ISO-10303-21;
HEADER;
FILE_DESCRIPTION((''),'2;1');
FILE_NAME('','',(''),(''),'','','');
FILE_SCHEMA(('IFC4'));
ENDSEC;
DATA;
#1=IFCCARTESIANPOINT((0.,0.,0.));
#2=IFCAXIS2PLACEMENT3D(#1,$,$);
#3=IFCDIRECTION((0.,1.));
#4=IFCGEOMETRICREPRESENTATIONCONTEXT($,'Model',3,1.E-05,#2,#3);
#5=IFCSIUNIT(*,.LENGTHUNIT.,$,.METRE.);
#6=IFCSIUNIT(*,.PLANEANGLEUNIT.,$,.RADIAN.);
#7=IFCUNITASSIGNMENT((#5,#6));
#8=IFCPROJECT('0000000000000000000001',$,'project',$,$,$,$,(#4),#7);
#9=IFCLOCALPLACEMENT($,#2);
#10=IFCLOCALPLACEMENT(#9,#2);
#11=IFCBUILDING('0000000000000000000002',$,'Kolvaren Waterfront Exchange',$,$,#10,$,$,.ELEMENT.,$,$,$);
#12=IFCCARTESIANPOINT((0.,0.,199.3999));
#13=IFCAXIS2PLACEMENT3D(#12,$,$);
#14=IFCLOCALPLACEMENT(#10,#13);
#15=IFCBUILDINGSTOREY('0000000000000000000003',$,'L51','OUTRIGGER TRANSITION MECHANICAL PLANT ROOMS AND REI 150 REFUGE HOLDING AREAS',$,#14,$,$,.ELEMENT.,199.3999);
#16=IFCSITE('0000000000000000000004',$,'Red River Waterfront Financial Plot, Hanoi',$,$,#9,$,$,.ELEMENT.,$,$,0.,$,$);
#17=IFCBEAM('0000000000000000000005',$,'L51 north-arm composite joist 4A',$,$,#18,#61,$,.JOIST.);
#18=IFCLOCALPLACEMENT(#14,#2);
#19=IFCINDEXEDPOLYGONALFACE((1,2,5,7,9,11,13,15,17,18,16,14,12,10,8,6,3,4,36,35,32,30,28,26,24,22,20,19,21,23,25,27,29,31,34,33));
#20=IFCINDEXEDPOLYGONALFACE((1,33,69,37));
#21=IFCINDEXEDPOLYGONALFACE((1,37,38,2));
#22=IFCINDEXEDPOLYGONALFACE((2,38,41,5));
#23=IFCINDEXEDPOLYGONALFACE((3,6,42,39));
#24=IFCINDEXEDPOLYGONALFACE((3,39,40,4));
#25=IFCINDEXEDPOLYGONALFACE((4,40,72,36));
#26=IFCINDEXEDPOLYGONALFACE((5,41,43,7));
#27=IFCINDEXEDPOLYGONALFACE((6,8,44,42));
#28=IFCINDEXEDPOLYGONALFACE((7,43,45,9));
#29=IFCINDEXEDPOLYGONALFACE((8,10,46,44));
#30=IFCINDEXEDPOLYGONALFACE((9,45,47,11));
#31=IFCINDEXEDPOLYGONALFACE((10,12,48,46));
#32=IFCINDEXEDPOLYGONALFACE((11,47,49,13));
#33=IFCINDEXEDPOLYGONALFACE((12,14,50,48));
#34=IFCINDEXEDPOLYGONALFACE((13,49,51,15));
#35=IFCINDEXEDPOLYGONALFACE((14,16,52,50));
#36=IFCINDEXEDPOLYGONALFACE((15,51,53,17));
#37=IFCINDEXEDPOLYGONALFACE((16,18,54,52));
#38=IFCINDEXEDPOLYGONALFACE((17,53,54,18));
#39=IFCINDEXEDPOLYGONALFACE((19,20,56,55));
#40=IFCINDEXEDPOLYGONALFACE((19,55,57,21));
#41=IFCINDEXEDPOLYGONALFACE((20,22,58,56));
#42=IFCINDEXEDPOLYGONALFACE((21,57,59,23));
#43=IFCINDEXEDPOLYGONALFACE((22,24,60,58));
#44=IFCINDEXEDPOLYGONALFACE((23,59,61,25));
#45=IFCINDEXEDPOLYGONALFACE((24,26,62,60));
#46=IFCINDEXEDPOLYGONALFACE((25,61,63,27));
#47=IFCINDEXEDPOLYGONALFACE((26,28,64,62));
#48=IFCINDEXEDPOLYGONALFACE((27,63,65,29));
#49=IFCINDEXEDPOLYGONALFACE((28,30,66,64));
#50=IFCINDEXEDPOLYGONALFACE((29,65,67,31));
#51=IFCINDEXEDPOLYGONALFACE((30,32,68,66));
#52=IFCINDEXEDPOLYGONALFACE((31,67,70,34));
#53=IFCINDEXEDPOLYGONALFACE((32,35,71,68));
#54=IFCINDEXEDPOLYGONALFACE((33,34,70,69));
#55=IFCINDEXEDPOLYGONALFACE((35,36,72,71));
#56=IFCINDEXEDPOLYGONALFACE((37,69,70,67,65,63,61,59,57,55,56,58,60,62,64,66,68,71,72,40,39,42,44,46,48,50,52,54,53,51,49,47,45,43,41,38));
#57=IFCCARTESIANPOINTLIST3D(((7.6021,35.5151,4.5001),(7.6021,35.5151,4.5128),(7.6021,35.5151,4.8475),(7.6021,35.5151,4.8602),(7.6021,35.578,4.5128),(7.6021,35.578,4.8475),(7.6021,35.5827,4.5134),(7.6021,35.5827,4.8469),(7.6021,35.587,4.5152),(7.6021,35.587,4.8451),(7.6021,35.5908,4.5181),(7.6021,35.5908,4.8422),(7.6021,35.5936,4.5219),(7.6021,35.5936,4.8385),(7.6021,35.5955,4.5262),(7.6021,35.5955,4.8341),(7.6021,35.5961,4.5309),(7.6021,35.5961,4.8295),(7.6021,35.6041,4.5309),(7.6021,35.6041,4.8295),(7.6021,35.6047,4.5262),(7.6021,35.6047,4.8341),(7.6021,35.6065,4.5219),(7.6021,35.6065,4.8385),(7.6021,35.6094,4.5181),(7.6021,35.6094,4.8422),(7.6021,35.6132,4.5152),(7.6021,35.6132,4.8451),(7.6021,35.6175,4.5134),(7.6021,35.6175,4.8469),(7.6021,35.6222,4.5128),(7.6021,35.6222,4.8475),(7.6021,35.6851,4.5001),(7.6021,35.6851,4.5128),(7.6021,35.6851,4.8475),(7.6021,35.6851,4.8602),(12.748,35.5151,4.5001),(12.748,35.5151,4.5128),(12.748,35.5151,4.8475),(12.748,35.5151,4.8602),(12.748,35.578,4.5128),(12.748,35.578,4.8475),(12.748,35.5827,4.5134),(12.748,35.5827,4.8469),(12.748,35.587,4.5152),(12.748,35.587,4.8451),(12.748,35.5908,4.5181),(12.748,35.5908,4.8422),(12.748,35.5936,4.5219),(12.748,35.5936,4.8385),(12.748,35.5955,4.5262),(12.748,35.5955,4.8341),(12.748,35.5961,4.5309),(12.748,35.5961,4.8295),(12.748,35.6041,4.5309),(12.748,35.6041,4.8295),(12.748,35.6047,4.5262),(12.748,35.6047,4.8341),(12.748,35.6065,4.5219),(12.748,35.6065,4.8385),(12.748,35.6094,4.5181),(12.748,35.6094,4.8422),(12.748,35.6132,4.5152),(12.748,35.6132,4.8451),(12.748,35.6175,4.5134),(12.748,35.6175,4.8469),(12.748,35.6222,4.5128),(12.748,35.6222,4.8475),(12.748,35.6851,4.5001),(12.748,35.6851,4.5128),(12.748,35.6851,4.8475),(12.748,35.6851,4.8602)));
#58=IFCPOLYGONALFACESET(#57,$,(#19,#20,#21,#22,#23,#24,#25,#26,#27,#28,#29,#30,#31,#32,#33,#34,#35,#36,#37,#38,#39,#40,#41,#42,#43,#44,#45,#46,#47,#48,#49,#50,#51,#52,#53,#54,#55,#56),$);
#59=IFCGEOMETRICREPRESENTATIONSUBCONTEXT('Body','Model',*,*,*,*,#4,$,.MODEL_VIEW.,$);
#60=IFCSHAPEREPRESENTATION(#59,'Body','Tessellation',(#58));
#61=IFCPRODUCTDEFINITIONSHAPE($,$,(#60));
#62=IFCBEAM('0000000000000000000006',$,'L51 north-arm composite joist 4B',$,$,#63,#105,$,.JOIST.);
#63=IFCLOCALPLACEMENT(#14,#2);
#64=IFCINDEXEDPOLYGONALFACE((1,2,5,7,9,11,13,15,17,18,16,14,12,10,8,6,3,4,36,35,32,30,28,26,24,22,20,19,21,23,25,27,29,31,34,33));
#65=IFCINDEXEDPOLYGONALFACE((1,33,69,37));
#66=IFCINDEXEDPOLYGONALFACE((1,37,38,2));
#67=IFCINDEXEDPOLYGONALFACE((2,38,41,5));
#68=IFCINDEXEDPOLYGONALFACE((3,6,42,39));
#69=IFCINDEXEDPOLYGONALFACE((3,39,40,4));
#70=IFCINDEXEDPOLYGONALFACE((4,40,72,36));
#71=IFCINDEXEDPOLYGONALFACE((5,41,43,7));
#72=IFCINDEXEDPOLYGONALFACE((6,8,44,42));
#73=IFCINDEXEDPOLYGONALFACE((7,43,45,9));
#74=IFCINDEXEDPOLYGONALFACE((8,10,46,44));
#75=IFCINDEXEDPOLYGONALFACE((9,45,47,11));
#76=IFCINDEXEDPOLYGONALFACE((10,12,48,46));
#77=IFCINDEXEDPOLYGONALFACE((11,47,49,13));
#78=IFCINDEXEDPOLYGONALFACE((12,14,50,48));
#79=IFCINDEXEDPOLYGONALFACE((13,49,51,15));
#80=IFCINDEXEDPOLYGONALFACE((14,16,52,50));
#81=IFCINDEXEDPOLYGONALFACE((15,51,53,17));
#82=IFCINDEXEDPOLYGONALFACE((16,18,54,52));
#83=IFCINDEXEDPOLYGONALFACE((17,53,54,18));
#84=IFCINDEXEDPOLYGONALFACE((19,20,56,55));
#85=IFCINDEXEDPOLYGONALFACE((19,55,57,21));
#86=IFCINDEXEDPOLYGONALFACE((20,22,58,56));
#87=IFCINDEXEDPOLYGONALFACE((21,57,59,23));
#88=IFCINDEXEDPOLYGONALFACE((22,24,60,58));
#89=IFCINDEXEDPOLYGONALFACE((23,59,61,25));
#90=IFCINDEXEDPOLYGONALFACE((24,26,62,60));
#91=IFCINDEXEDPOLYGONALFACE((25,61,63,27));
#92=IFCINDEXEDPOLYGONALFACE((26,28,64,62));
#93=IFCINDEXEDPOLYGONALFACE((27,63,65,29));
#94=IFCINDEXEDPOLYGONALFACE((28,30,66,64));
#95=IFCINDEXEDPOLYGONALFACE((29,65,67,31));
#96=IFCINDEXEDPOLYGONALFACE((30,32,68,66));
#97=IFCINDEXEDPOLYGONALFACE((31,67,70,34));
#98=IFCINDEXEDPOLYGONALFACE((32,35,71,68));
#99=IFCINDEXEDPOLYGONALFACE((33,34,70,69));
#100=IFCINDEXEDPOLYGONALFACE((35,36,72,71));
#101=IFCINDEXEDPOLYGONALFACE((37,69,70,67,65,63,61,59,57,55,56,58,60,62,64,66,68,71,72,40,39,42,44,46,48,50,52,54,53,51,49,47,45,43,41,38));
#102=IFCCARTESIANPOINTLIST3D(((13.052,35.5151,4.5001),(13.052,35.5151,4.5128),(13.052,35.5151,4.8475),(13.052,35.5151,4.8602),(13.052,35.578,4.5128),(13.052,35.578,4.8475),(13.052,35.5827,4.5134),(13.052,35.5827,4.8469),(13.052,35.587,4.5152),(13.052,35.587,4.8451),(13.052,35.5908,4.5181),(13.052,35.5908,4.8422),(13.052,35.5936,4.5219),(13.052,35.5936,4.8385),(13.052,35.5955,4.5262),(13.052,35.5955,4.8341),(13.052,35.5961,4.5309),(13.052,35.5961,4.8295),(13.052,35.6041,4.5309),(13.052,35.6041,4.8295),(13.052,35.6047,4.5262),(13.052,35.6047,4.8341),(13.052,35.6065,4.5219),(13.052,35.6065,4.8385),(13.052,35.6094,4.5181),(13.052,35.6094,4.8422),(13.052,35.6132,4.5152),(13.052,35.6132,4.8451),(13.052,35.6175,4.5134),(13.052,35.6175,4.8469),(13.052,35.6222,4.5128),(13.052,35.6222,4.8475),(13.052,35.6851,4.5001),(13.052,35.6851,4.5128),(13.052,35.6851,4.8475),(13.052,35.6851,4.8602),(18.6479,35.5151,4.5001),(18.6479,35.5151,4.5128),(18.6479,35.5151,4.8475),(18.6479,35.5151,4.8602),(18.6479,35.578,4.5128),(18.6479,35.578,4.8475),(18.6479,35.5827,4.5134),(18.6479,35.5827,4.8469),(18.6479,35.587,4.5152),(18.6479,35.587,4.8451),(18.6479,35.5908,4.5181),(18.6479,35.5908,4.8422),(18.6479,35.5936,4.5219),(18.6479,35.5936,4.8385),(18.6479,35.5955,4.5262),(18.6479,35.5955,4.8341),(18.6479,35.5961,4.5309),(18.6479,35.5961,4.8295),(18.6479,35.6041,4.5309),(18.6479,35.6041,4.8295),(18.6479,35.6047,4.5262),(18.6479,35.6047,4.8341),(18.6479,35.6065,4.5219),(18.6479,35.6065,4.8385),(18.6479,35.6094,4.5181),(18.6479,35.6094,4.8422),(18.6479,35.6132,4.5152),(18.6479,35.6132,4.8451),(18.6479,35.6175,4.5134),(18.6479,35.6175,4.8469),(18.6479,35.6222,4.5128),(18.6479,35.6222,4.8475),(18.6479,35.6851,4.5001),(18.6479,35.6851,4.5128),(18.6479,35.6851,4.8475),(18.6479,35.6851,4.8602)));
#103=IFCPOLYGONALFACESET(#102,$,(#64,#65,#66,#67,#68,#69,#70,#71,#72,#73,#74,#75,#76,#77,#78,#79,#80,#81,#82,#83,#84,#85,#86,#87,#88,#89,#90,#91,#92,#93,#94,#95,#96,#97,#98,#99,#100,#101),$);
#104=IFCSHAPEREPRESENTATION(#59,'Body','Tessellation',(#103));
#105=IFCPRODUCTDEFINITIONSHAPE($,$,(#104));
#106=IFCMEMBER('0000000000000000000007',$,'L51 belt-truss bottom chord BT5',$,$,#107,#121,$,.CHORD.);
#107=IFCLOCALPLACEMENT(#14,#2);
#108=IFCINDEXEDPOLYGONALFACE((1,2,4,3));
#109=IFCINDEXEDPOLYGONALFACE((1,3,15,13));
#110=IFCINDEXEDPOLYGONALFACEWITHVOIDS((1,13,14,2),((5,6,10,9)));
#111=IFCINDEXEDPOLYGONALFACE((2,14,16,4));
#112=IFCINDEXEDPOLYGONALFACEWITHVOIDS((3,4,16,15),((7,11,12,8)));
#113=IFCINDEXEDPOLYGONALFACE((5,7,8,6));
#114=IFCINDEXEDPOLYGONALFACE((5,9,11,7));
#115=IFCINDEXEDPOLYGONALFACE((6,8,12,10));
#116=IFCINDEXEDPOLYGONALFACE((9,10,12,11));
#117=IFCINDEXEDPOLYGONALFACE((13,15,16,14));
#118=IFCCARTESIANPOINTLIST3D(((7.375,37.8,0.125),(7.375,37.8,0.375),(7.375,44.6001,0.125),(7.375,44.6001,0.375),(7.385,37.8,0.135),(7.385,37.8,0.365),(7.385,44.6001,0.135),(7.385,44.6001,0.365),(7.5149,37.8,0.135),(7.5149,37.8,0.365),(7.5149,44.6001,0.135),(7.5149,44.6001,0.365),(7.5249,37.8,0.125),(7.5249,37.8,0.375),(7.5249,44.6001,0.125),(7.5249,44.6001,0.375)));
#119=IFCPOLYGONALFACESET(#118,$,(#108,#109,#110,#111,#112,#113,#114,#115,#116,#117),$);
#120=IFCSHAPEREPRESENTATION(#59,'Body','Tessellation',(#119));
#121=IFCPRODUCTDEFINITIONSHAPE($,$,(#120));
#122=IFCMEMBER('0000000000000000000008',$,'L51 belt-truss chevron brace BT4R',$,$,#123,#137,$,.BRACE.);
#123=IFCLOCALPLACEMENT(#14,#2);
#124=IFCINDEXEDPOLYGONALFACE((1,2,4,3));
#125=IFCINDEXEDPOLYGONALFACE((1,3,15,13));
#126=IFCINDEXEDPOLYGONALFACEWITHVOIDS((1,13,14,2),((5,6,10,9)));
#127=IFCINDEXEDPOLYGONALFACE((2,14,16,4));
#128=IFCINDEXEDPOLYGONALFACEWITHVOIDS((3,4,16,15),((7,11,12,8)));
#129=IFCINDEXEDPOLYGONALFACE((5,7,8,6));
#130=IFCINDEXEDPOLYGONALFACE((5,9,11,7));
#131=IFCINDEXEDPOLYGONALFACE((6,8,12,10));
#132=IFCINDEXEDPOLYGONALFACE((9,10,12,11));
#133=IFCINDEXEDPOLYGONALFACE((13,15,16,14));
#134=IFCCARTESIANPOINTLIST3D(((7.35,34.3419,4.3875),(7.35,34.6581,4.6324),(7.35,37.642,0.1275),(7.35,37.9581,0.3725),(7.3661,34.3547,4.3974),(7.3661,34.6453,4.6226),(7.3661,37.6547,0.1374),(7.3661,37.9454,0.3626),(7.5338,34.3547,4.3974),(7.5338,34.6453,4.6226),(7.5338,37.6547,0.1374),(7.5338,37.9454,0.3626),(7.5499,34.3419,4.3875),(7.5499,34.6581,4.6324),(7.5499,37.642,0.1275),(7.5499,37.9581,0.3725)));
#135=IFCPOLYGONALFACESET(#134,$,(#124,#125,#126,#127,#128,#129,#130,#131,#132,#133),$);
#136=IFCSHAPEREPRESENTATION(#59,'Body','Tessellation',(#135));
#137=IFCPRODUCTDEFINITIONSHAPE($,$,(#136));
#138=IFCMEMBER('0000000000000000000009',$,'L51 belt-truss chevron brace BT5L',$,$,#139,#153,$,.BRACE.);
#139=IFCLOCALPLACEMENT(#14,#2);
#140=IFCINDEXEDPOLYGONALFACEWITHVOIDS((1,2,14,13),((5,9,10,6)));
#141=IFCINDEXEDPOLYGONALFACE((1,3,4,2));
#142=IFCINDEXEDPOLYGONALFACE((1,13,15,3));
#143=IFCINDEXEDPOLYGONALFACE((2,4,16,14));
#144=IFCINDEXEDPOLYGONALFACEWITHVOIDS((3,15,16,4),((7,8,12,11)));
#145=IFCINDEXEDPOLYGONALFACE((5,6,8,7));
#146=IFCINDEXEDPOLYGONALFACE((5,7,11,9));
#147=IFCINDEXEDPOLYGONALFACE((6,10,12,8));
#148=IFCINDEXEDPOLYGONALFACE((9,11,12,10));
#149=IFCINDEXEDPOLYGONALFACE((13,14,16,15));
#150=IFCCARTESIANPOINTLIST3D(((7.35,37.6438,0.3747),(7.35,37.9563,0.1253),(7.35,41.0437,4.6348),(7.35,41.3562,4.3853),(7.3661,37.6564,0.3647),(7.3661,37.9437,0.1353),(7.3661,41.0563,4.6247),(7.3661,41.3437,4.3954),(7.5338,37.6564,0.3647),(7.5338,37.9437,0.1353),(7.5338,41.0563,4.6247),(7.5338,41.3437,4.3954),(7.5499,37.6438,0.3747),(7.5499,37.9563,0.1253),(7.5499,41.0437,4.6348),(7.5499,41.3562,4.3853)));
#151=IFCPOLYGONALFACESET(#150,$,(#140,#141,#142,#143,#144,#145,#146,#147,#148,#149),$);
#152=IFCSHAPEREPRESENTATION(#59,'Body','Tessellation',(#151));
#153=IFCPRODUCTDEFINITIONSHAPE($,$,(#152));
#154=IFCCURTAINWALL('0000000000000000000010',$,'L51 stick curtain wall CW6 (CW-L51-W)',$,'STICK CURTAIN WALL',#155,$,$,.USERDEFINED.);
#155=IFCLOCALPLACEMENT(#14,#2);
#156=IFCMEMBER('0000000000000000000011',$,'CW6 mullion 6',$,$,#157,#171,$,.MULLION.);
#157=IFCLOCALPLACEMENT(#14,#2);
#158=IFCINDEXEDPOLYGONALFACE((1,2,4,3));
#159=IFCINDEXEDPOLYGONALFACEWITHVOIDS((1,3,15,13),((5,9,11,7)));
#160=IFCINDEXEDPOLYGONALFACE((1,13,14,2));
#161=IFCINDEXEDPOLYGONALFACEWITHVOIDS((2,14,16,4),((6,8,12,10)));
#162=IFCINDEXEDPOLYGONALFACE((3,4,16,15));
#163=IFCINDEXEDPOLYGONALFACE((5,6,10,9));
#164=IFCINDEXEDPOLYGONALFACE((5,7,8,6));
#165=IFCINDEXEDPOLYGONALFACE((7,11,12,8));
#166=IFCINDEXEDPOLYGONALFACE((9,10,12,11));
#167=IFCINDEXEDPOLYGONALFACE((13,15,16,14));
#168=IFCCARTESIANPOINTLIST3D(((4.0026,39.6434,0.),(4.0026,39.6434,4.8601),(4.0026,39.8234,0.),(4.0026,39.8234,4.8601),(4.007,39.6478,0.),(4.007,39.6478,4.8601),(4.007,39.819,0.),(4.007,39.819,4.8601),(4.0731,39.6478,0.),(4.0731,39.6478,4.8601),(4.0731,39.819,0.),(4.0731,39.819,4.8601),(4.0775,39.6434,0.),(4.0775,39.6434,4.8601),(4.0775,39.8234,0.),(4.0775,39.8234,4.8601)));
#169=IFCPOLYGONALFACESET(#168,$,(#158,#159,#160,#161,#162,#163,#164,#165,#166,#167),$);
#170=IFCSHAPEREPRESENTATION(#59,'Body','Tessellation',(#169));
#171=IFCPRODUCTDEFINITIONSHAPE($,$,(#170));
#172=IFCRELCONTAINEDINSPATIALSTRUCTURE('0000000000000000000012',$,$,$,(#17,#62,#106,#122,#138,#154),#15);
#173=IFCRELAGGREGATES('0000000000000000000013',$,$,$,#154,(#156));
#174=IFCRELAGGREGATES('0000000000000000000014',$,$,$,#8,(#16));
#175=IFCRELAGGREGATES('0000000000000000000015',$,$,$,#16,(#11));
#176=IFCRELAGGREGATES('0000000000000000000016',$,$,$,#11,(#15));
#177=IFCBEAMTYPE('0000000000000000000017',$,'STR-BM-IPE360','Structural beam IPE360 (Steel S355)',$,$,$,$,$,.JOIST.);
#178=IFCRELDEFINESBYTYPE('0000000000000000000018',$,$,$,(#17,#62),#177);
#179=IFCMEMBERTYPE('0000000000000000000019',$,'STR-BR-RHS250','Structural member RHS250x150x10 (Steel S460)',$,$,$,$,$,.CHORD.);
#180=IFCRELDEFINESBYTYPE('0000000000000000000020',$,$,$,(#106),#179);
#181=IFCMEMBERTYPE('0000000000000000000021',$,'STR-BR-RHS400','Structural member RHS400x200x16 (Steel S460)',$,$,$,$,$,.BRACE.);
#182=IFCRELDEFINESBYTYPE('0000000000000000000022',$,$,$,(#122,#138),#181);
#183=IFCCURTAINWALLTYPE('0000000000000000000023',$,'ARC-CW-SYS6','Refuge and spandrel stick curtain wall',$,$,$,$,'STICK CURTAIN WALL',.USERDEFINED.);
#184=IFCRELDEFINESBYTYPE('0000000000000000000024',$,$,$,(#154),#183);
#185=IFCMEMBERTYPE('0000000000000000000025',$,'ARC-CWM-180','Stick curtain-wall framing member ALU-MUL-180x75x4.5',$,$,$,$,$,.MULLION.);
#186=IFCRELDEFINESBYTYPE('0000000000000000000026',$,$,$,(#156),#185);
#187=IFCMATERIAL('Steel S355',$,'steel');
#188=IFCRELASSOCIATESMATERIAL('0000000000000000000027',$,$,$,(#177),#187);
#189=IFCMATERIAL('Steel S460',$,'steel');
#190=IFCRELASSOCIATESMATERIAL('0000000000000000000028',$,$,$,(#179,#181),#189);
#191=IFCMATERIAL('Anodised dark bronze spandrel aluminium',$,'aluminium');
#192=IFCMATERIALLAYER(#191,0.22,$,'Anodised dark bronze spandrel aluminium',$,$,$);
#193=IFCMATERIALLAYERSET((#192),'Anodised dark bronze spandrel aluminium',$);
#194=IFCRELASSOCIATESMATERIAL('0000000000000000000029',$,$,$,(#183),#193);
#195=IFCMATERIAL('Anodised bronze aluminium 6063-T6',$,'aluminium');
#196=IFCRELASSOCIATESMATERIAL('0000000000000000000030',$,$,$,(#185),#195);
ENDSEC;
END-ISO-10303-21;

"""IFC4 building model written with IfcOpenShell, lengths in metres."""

from ifc_helpers import new_model, si_unit, direction, frame, origin, origin_with_axes, origin_2d, place, context, subcontext, project, spatial, hollow_rectangle, i_section, extrude, source, transform, mapped, material, layer, layer_set, material_profile, profile_set, type_object, element, aggregate, save


model = new_model("IFC4")

# Units and contexts
model_context = context("Model", 3, precision=1e-05, world=origin(), true_north=direction((0.0, 1.0)))
body_context = subcontext(model_context, "Body", "Model", "MODEL_VIEW")
ifc_project = project(units=[si_unit("LENGTHUNIT", "METRE"), si_unit("PLANEANGLEUNIT", "RADIAN")], contexts=[model_context])

# Site, building, storey
site_placement = place(None, origin())
site = spatial("IfcSite", under=ifc_project, at=site_placement, Name="Red River Waterfront Financial Plot, Hanoi", CompositionType="ELEMENT", RefElevation=0.0)
building_placement = place(site_placement, origin())
building = spatial("IfcBuilding", under=site, at=building_placement, Name="Kolvaren Waterfront Exchange", CompositionType="ELEMENT")
storey_placement = place(building_placement, frame((0.0, 0.0, 199.3999)))
storey = spatial("IfcBuildingStorey", under=building, at=storey_placement, Name="L51", Description="OUTRIGGER TRANSITION MECHANICAL PLANT ROOMS AND REI 150 REFUGE HOLDING AREAS", CompositionType="ELEMENT", Elevation=199.3999)

# Beams
ifc_material_1 = material(Name="Steel S355", Category="steel")
ifc_material_profile_1 = material_profile(ifc_material_1, i_section(OverallWidth=0.1699, OverallDepth=0.3601, WebThickness=0.0081, FlangeThickness=0.0127, FilletRadius=0.0181, at=origin_2d()), Name="IPE360")
ifc_profile_set_1 = profile_set([ifc_material_profile_1], Name="Steel S355")
beam_type_1 = type_object("IfcBeamType", Name="STR-BM-IPE360", Description="Structural beam IPE360 (Steel S355)", PredefinedType="JOIST", material=ifc_profile_set_1)
beam_1_placement = place(storey_placement, frame((7.6021, 35.6001, 4.6802), z_axis=(1.0, 0.0, 0.0), x_axis=(0.0, 1.0, 0.0)))
element("IfcBeam", 1, at=beam_1_placement, inside=storey, type_object=beam_type_1, Name="L51 north-arm composite joist 4A", PredefinedType="JOIST", context=body_context, shape_type="SweptSolid", body=[
    extrude(i_section(OverallWidth=0.1699, OverallDepth=0.3601, WebThickness=0.0081, FlangeThickness=0.0127, FilletRadius=0.0181, at=origin_2d()), origin(), (0.0, 0.0, 1.0), 5.146),
])
beam_2_placement = place(storey_placement, frame((13.052, 35.6001, 4.6802), z_axis=(1.0, 0.0, 0.0), x_axis=(0.0, 1.0, 0.0)))
element("IfcBeam", 2, at=beam_2_placement, inside=storey, type_object=beam_type_1, Name="L51 north-arm composite joist 4B", PredefinedType="JOIST", context=body_context, shape_type="SweptSolid", body=[
    extrude(i_section(OverallWidth=0.1699, OverallDepth=0.3601, WebThickness=0.0081, FlangeThickness=0.0127, FilletRadius=0.0181, at=origin_2d()), origin(), (0.0, 0.0, 1.0), 5.5959),
])

# Members
ifc_material_2 = material(Name="Steel S460", Category="steel")
ifc_material_profile_2 = material_profile(ifc_material_2, hollow_rectangle(XDim=0.1499, YDim=0.25, WallThickness=0.01, at=origin_2d()), Name="RHS250x150x10")
ifc_profile_set_2 = profile_set([ifc_material_profile_2], Name="Steel S460")
member_type_1 = type_object("IfcMemberType", Name="STR-BR-RHS250", Description="Structural member RHS250x150x10 (Steel S460)", PredefinedType="CHORD", material=ifc_profile_set_2)
member_1_placement = place(storey_placement, frame((7.45, 37.8, 0.25), z_axis=(0.0, 1.0, 0.0), x_axis=(-1.0, 0.0, 0.0)))
element("IfcMember", 3, at=member_1_placement, inside=storey, type_object=member_type_1, Name="L51 belt-truss bottom chord BT5", PredefinedType="CHORD", context=body_context, shape_type="SweptSolid", body=[
    extrude(hollow_rectangle(XDim=0.1499, YDim=0.25, WallThickness=0.01, at=origin_2d()), origin(), (0.0, 0.0, 1.0), 6.8),
])
ifc_material_profile_3 = material_profile(ifc_material_2, hollow_rectangle(XDim=0.2, YDim=0.3999, WallThickness=0.0161, at=origin_2d()), Name="RHS400x200x16")
ifc_profile_set_3 = profile_set([ifc_material_profile_3], Name="Steel S460")
member_type_2 = type_object("IfcMemberType", Name="STR-BR-RHS400", Description="Structural member RHS400x200x16 (Steel S460)", PredefinedType="BRACE", material=ifc_profile_set_3)
member_2_placement = place(storey_placement, frame((7.45, 37.8, 0.25), z_axis=(0.0, -0.612403, 0.790546), x_axis=(1.0, 0.0, 0.0)))
element("IfcMember", 4, at=member_2_placement, inside=storey, type_object=member_type_2, Name="L51 belt-truss chevron brace BT4R", PredefinedType="BRACE", context=body_context, shape_type="SweptSolid", body=[
    extrude(hollow_rectangle(XDim=0.2, YDim=0.3999, WallThickness=0.0161, at=origin_2d()), origin(), (0.0, 0.0, 1.0), 5.3887),
])
member_3_placement = place(storey_placement, frame((7.45, 37.8, 0.25), z_axis=(0.0, 0.623788, 0.781594), x_axis=(-1.0, 0.0, 0.0)))
element("IfcMember", 5, at=member_3_placement, inside=storey, type_object=member_type_2, Name="L51 belt-truss chevron brace BT5L", PredefinedType="BRACE", context=body_context, shape_type="SweptSolid", body=[
    extrude(hollow_rectangle(XDim=0.2, YDim=0.3999, WallThickness=0.0161, at=origin_2d()), origin(), (0.0, 0.0, 1.0), 5.4504),
])

# Curtain wall, member
ifc_material_3 = material(Name="Anodised dark bronze spandrel aluminium", Category="aluminium")
ifc_layer_1 = layer(ifc_material_3, 0.22, Name="Anodised dark bronze spandrel aluminium")
ifc_layer_set_1 = layer_set([ifc_layer_1], Name="Anodised dark bronze spandrel aluminium")
curtain_wall_type = type_object("IfcCurtainWallType", Name="ARC-CW-SYS6", Description="Refuge and spandrel stick curtain wall", ElementType="STICK CURTAIN WALL", PredefinedType="USERDEFINED", material=ifc_layer_set_1)
curtain_wall_placement = place(storey_placement, origin())
curtain_wall = element("IfcCurtainWall", 6, at=curtain_wall_placement, inside=storey, type_object=curtain_wall_type, Name="L51 stick curtain wall CW6 (CW-L51-W)", ObjectType="STICK CURTAIN WALL", PredefinedType="USERDEFINED")
ifc_material_4 = material(Name="Anodised bronze aluminium 6063-T6", Category="aluminium")
ifc_material_profile_4 = material_profile(ifc_material_4, hollow_rectangle(XDim=0.075, YDim=0.1799, WallThickness=0.0044, at=origin_2d()), Name="ALU-MUL-180x75x4.5")
ifc_profile_set_4 = profile_set([ifc_material_profile_4], Name="Anodised bronze aluminium 6063-T6")
member_type_3 = type_object("IfcMemberType", Name="ARC-CWM-180", Description="Stick curtain-wall framing member ALU-MUL-180x75x4.5", PredefinedType="MULLION", material=ifc_profile_set_4)
shared_shape_1 = source(origin_with_axes(), body_context, "Body", "SweptSolid", [
    extrude(hollow_rectangle(XDim=0.075, YDim=0.1799, WallThickness=0.0044, at=origin_2d()), origin(), (0.0, 0.0, 1.0), 4.8601),
])
member_4_placement = place(storey_placement, frame((4.04, 39.7334, 0.0), z_axis=(0.0, 0.0, 1.0), x_axis=(-1.0, 0.0, 0.0)))
member_4 = element("IfcMember", 7, at=member_4_placement, type_object=member_type_3, Name="CW6 mullion 6", PredefinedType="MULLION", context=body_context, shape_type="MappedRepresentation", body=[
    mapped(shared_shape_1, transform((0.0, 0.0, 0.0), x_axis=(1.0, 0.0, 0.0), y_axis=(0.0, 1.0, 0.0), z_axis=(0.0, 0.0, 1.0), scale=1.0)),
])

aggregate(curtain_wall, [member_4])

save(model, "model.ifc")
